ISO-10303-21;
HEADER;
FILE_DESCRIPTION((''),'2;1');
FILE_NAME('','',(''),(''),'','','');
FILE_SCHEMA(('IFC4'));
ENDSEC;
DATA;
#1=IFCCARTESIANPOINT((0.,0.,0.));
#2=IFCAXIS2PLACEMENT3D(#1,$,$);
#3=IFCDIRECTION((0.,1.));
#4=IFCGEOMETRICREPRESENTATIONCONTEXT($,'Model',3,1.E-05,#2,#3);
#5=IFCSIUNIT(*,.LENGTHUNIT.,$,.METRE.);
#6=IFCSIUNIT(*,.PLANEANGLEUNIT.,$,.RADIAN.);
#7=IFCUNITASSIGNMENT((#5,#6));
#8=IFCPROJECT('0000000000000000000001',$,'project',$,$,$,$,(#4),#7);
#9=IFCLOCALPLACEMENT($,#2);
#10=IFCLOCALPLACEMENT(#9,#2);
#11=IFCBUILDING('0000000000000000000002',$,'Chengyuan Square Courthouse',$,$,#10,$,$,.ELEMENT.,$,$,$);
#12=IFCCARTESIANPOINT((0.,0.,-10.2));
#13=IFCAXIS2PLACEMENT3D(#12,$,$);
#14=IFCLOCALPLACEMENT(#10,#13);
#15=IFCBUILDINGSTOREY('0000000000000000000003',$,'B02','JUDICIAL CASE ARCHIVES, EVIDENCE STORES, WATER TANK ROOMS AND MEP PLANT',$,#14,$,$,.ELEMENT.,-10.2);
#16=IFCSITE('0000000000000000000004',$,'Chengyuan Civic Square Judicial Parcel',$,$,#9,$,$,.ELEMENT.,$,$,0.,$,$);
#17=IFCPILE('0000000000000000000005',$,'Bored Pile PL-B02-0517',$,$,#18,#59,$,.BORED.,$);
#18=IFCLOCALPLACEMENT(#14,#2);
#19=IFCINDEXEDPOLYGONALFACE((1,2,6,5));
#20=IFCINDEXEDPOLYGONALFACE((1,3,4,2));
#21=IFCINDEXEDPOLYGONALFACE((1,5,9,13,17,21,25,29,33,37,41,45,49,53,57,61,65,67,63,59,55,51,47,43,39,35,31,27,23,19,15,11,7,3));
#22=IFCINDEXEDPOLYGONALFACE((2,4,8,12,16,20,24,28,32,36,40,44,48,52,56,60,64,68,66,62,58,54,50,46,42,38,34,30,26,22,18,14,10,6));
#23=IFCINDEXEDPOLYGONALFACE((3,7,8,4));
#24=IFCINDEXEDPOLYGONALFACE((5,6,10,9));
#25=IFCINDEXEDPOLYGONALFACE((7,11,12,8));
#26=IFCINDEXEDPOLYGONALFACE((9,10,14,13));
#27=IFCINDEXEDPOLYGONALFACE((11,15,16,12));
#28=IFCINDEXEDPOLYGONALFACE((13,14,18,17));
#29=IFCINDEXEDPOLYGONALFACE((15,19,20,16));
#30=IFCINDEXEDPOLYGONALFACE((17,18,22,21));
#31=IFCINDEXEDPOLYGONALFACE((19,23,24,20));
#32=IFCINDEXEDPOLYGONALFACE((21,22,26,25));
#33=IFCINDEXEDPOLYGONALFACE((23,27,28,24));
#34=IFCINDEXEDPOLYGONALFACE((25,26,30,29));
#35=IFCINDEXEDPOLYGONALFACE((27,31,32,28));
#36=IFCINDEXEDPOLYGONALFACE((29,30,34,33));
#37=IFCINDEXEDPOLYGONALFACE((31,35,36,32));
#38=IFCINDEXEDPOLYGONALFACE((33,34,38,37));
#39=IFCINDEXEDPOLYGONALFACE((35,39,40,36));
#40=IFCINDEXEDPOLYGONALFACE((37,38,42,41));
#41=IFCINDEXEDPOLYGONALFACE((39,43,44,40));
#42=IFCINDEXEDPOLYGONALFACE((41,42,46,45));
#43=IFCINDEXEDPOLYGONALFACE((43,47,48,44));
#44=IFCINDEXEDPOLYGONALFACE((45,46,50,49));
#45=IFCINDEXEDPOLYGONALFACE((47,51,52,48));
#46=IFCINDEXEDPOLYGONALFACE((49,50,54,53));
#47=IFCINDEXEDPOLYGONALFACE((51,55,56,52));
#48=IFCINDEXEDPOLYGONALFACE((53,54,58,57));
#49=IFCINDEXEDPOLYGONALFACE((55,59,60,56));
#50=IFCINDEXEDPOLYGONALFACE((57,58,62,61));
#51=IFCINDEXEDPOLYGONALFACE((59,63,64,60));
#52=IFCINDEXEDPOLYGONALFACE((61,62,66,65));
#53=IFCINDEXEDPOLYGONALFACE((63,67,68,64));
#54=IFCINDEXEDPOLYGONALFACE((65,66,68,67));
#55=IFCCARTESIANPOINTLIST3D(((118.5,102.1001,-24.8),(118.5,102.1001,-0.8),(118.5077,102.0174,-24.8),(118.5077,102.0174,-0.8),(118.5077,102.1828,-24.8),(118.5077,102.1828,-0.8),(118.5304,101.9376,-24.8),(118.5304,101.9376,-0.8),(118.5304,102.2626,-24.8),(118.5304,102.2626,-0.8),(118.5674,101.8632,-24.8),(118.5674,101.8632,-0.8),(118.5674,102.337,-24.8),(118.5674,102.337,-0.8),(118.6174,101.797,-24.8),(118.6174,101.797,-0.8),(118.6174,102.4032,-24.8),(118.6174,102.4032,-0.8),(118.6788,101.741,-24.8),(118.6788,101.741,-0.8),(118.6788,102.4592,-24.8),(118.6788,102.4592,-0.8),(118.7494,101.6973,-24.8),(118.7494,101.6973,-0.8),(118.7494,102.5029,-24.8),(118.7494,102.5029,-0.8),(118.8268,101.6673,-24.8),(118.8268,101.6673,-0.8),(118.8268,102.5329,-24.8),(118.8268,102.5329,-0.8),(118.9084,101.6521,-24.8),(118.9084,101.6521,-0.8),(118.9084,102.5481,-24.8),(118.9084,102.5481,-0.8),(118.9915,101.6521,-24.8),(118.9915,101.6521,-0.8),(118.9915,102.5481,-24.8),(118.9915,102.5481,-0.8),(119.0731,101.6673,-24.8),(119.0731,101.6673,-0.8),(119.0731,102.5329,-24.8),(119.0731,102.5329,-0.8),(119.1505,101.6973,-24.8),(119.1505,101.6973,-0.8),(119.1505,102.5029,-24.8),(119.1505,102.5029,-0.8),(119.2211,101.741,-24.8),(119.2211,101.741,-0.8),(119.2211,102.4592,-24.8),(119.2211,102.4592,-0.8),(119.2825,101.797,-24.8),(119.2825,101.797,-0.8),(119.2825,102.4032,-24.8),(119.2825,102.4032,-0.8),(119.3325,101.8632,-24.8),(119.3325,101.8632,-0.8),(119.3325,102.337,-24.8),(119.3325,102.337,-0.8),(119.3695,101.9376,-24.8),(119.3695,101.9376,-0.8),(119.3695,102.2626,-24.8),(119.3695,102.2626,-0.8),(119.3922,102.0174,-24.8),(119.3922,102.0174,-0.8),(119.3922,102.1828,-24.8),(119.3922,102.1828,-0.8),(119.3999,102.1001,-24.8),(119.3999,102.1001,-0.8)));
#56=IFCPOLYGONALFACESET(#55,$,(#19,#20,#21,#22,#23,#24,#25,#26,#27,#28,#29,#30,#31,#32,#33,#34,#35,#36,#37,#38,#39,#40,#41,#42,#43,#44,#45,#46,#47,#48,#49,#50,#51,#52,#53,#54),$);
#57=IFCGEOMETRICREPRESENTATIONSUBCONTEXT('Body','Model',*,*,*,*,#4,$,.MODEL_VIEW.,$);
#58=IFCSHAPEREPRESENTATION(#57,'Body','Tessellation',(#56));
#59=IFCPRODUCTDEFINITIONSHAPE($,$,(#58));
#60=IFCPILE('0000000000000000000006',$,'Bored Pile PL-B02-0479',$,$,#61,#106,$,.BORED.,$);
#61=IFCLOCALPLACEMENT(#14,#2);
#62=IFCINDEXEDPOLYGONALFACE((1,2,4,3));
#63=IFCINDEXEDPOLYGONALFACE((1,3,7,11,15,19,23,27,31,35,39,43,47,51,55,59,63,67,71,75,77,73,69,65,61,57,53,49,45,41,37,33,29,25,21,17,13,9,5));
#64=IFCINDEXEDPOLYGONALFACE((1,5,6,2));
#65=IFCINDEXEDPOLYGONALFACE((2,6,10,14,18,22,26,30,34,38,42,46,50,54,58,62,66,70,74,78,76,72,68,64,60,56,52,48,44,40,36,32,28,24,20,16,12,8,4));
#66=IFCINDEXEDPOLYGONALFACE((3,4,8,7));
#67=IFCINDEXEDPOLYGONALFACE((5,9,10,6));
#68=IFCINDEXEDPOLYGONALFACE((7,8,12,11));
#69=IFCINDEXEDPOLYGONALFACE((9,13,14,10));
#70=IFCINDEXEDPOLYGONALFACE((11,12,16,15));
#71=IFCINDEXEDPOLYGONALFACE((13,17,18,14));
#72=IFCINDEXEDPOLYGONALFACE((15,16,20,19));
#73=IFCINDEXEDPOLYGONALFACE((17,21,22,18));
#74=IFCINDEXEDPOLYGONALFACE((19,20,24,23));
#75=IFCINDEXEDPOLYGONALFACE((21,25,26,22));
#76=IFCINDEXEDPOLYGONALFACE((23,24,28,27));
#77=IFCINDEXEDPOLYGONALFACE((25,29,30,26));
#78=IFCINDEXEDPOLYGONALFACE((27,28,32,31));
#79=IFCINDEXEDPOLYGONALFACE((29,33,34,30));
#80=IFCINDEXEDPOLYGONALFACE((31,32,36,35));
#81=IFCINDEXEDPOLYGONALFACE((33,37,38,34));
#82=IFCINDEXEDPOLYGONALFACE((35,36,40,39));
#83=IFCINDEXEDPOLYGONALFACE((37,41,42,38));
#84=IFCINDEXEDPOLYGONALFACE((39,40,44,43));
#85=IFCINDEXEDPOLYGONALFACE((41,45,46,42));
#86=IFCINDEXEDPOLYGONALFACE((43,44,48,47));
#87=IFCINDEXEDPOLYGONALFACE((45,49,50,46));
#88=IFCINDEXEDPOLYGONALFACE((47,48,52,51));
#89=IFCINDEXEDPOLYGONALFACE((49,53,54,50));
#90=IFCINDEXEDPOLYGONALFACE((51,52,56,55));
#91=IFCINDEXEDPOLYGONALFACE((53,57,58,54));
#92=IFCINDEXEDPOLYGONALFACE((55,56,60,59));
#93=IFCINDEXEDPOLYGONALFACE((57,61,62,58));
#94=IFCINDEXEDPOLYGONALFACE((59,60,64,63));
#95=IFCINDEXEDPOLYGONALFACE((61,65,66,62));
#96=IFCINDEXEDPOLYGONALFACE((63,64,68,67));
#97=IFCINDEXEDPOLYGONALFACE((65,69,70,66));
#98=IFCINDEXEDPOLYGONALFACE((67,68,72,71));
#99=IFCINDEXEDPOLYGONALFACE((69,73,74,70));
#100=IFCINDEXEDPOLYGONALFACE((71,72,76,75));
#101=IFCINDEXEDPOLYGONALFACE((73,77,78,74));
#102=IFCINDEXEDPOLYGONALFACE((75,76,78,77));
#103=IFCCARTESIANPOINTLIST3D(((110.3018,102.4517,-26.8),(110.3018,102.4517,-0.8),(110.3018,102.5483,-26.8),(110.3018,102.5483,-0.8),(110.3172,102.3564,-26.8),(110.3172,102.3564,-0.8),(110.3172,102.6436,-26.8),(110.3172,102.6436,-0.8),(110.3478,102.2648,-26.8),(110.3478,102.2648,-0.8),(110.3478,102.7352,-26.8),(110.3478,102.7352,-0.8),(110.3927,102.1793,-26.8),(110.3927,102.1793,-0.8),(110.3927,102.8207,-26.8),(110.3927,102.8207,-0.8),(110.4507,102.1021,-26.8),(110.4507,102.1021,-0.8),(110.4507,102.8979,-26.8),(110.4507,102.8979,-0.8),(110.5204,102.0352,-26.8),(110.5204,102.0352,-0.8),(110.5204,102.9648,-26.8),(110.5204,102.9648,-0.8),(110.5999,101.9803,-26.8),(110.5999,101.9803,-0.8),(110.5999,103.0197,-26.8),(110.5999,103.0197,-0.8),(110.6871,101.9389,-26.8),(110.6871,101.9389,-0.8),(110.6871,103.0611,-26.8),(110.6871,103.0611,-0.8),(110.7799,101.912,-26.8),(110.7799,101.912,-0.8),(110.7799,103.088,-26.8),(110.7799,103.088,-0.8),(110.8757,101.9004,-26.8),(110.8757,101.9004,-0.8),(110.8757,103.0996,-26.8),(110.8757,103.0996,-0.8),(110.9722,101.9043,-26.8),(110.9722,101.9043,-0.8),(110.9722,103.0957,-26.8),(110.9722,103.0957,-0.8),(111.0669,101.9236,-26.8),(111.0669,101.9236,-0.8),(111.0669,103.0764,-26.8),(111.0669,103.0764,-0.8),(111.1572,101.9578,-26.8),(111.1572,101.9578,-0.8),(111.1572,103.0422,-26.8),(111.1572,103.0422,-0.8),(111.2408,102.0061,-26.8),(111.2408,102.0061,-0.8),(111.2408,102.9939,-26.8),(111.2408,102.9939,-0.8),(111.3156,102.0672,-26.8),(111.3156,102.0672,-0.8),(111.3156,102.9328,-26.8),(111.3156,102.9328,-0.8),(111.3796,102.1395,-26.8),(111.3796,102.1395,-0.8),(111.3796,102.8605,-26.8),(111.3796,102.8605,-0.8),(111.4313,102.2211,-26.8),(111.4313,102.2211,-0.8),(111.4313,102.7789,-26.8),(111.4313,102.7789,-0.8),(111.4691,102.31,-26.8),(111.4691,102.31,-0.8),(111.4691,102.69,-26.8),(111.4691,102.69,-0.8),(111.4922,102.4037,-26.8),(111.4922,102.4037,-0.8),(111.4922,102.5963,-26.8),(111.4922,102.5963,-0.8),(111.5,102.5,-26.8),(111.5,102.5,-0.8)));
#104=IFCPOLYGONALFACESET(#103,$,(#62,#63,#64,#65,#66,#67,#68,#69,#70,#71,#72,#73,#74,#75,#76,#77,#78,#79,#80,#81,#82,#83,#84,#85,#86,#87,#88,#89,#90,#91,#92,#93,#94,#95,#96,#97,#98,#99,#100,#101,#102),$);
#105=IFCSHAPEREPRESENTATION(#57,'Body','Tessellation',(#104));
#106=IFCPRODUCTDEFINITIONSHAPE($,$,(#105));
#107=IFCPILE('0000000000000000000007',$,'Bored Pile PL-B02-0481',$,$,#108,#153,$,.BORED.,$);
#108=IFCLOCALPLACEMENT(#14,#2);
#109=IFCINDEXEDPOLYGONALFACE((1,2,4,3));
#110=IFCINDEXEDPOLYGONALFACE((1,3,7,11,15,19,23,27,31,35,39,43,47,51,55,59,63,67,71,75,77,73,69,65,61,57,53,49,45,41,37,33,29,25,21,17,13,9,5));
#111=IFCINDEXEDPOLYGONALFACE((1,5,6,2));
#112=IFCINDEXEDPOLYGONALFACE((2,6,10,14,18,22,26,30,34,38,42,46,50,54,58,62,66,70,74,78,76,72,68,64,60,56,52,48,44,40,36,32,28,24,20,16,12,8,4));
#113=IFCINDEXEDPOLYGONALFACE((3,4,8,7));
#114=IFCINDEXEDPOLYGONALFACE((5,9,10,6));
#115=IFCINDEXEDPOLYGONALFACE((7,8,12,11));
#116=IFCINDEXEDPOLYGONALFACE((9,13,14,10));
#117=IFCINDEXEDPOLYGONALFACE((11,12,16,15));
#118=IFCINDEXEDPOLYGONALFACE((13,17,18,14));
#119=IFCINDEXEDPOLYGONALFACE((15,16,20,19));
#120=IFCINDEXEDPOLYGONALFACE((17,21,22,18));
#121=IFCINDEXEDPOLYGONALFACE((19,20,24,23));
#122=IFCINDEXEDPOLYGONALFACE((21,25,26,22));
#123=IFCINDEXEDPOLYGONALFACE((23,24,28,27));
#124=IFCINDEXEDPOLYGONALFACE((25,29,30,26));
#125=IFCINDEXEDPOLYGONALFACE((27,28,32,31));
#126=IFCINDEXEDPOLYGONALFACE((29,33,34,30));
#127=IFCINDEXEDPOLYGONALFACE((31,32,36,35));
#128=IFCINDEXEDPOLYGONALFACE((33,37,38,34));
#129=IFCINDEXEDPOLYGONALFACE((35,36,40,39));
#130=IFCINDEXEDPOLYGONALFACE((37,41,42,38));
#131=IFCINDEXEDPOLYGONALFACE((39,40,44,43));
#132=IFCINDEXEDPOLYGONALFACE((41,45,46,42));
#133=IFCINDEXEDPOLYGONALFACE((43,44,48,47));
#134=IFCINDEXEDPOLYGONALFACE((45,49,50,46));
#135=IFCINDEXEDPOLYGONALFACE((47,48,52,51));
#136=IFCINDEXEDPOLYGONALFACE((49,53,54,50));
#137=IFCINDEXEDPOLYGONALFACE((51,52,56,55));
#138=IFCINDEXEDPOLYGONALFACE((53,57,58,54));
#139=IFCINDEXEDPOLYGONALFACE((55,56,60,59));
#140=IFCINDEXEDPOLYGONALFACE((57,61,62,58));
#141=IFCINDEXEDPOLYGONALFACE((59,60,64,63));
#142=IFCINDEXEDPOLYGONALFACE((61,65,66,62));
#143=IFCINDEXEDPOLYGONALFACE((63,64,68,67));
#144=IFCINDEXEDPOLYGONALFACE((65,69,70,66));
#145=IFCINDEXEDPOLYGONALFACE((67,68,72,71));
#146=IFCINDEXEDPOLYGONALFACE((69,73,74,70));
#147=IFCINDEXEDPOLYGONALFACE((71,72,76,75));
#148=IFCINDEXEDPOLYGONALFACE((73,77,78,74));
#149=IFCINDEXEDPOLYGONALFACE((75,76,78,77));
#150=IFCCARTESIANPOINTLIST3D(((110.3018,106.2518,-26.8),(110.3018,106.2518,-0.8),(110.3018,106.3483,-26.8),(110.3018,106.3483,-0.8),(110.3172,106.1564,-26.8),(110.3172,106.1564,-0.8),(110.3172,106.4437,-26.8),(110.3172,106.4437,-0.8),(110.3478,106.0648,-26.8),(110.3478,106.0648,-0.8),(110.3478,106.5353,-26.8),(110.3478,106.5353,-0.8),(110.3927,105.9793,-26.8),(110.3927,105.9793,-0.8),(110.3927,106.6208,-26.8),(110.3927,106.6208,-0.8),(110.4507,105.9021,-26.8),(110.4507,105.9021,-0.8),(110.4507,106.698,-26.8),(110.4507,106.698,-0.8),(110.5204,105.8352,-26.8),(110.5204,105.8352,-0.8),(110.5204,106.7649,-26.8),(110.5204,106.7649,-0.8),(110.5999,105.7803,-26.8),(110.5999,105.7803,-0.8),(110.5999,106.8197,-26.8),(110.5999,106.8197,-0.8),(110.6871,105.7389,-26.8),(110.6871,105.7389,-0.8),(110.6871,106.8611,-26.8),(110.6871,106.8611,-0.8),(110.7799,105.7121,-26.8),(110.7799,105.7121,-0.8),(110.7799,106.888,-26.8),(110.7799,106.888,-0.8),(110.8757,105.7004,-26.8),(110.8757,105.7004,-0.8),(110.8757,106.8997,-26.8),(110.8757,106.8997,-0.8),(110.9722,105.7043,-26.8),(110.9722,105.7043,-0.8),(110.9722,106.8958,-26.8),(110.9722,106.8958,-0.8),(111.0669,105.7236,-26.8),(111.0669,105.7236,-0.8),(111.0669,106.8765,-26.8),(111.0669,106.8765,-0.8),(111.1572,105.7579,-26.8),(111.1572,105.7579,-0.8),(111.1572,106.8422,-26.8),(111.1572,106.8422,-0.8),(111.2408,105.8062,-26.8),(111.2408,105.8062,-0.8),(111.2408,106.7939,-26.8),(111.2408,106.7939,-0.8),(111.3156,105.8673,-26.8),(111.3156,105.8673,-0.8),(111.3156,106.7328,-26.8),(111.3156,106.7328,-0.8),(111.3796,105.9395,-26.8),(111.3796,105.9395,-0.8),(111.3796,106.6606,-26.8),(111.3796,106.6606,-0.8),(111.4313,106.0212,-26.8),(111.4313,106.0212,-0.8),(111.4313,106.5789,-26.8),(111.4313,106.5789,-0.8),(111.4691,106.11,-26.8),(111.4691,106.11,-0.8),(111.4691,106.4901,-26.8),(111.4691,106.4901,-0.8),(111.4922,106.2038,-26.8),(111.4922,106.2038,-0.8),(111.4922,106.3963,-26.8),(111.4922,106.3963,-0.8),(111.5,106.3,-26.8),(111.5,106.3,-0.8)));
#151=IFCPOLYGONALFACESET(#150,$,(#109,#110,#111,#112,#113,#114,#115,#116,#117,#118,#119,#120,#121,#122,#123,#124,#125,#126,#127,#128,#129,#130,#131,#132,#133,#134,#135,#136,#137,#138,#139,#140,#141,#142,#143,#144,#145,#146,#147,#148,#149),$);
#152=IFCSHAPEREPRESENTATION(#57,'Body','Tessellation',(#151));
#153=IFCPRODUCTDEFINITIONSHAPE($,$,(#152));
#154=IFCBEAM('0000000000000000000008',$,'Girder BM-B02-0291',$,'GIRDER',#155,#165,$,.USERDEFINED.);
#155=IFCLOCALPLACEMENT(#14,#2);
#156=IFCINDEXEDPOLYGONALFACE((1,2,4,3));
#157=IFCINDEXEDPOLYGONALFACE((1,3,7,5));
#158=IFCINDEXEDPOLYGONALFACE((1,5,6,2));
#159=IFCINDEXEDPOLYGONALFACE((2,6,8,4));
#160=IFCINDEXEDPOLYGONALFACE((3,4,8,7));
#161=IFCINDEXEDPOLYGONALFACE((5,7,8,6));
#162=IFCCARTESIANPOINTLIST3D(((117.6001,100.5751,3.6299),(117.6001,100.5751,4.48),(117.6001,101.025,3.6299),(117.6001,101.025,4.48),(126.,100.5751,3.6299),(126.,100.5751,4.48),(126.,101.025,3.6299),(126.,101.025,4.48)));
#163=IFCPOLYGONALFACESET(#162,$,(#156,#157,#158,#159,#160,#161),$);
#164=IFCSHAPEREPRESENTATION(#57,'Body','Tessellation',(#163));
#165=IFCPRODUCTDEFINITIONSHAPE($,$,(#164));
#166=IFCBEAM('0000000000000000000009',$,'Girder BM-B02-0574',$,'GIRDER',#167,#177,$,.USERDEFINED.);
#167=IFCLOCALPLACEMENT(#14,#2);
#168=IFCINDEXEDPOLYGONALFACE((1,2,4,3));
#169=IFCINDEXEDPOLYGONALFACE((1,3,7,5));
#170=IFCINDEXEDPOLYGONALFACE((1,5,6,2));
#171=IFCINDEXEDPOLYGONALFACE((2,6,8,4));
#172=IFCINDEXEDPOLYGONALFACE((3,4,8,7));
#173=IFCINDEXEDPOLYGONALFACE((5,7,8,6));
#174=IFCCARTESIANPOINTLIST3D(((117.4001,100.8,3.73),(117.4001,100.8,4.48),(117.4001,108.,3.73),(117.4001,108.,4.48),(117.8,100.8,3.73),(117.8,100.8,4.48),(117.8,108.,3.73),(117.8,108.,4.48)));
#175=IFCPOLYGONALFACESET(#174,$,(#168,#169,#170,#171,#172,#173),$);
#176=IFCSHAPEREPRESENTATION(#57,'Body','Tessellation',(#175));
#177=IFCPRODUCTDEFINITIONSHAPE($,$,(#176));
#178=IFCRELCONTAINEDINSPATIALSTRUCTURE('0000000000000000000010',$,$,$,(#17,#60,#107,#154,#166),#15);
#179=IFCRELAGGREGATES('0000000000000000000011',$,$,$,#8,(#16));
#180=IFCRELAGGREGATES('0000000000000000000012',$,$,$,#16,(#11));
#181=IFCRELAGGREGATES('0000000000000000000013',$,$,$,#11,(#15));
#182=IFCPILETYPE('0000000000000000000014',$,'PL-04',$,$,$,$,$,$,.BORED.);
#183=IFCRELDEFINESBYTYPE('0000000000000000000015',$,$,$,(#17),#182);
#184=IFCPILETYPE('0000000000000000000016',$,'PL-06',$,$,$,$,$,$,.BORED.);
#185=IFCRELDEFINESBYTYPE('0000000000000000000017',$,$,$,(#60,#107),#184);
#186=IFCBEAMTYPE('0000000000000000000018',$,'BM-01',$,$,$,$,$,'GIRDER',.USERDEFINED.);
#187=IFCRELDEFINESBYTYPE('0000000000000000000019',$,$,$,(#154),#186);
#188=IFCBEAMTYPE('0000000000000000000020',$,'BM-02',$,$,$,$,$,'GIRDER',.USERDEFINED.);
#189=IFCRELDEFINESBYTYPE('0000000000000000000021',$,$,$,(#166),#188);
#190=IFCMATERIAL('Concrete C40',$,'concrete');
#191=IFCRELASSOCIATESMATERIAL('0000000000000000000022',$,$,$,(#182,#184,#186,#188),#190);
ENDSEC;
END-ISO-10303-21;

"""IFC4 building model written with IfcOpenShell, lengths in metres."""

from ifc_helpers import new_model, si_unit, direction, frame, origin, origin_2d, place, context, subcontext, project, spatial, rectangle, circle, extrude, material, material_profile, profile_set, type_object, element, save


model = new_model("IFC4")

# Units and contexts
model_context = context("Model", 3, precision=1e-05, world=origin(), true_north=direction((0.0, 1.0)))
body_context = subcontext(model_context, "Body", "Model", "MODEL_VIEW")
ifc_project = project(units=[si_unit("LENGTHUNIT", "METRE"), si_unit("PLANEANGLEUNIT", "RADIAN")], contexts=[model_context])

# Site, building, storey
site_placement = place(None, origin())
site = spatial("IfcSite", under=ifc_project, at=site_placement, Name="Chengyuan Civic Square Judicial Parcel", CompositionType="ELEMENT", RefElevation=0.0)
building_placement = place(site_placement, origin())
building = spatial("IfcBuilding", under=site, at=building_placement, Name="Chengyuan Square Courthouse", CompositionType="ELEMENT")
storey_placement = place(building_placement, frame((0.0, 0.0, -10.2)))
storey = spatial("IfcBuildingStorey", under=building, at=storey_placement, Name="B02", Description="JUDICIAL CASE ARCHIVES, EVIDENCE STORES, WATER TANK ROOMS AND MEP PLANT", CompositionType="ELEMENT", Elevation=-10.2)

# Shared definitions
ifc_material_1 = material(Name="Concrete C40", Category="concrete")

# Piles
ifc_material_profile_1 = material_profile(ifc_material_1, circle(Radius=0.45, at=origin_2d()), Name="BORED PILE D900")
ifc_profile_set_1 = profile_set([ifc_material_profile_1], Name="Concrete C40")
pile_type_1 = type_object("IfcPileType", Name="PL-04", PredefinedType="BORED", material=ifc_profile_set_1)
for number, where, z_axis, x_axis, name in (
    (1, (118.95, 102.1001, -0.8), (0.0, 0.0, -1.0), (1.0, 0.0, 0.0), "Bored Pile PL-B02-0517"),
):
    element("IfcPile", number, at=place(storey_placement, frame(where, z_axis=z_axis, x_axis=x_axis)), inside=storey, type_object=pile_type_1, Name=name, PredefinedType="BORED", context=body_context, shape_type="SweptSolid", body=[
        extrude(circle(Radius=0.45, at=origin_2d()), origin(), (0.0, 0.0, 1.0), 24.0),
    ])
ifc_material_profile_2 = material_profile(ifc_material_1, circle(Radius=0.6001, at=origin_2d()), Name="BORED PILE D1200")
ifc_profile_set_2 = profile_set([ifc_material_profile_2], Name="Concrete C40")
pile_type_2 = type_object("IfcPileType", Name="PL-06", PredefinedType="BORED", material=ifc_profile_set_2)
for number, where, z_axis, x_axis, name in (
    (2, (110.8999, 102.5, -0.8), (0.0, 0.0, -1.0), (1.0, 0.0, 0.0), "Bored Pile PL-B02-0479"),
    (3, (110.8999, 106.3, -0.8), (0.0, 0.0, -1.0), (1.0, 0.0, 0.0), "Bored Pile PL-B02-0481"),
):
    element("IfcPile", number, at=place(storey_placement, frame(where, z_axis=z_axis, x_axis=x_axis)), inside=storey, type_object=pile_type_2, Name=name, PredefinedType="BORED", context=body_context, shape_type="SweptSolid", body=[
        extrude(circle(Radius=0.6001, at=origin_2d()), origin(), (0.0, 0.0, 1.0), 26.0),
    ])

# Beams
ifc_material_profile_3 = material_profile(ifc_material_1, rectangle(XDim=0.45, YDim=0.8501, at=origin_2d()), Name="RC-BM-450x850")
ifc_profile_set_3 = profile_set([ifc_material_profile_3], Name="Concrete C40")
beam_type_1 = type_object("IfcBeamType", Name="BM-01", ElementType="GIRDER", PredefinedType="USERDEFINED", material=ifc_profile_set_3)
beam_1_placement = place(storey_placement, frame((117.6001, 100.8, 4.0549), z_axis=(1.0, 0.0, 0.0), x_axis=(0.0, 1.0, 0.0)))
element("IfcBeam", 4, at=beam_1_placement, inside=storey, type_object=beam_type_1, Name="Girder BM-B02-0291", ObjectType="GIRDER", PredefinedType="USERDEFINED", context=body_context, shape_type="SweptSolid", body=[
    extrude(rectangle(XDim=0.45, YDim=0.8501, at=origin_2d()), origin(), (0.0, 0.0, 1.0), 8.3999),
])
ifc_material_profile_4 = material_profile(ifc_material_1, rectangle(XDim=0.3999, YDim=0.75, at=origin_2d()), Name="RC-BM-400x750")
ifc_profile_set_4 = profile_set([ifc_material_profile_4], Name="Concrete C40")
beam_type_2 = type_object("IfcBeamType", Name="BM-02", ElementType="GIRDER", PredefinedType="USERDEFINED", material=ifc_profile_set_4)
beam_2_placement = place(storey_placement, frame((117.6001, 100.8, 4.105), z_axis=(0.0, 1.0, 0.0), x_axis=(-1.0, 0.0, 0.0)))
element("IfcBeam", 5, at=beam_2_placement, inside=storey, type_object=beam_type_2, Name="Girder BM-B02-0574", ObjectType="GIRDER", PredefinedType="USERDEFINED", context=body_context, shape_type="SweptSolid", body=[
    extrude(rectangle(XDim=0.3999, YDim=0.75, at=origin_2d()), origin(), (0.0, 0.0, 1.0), 7.2),
])

save(model, "model.ifc")
